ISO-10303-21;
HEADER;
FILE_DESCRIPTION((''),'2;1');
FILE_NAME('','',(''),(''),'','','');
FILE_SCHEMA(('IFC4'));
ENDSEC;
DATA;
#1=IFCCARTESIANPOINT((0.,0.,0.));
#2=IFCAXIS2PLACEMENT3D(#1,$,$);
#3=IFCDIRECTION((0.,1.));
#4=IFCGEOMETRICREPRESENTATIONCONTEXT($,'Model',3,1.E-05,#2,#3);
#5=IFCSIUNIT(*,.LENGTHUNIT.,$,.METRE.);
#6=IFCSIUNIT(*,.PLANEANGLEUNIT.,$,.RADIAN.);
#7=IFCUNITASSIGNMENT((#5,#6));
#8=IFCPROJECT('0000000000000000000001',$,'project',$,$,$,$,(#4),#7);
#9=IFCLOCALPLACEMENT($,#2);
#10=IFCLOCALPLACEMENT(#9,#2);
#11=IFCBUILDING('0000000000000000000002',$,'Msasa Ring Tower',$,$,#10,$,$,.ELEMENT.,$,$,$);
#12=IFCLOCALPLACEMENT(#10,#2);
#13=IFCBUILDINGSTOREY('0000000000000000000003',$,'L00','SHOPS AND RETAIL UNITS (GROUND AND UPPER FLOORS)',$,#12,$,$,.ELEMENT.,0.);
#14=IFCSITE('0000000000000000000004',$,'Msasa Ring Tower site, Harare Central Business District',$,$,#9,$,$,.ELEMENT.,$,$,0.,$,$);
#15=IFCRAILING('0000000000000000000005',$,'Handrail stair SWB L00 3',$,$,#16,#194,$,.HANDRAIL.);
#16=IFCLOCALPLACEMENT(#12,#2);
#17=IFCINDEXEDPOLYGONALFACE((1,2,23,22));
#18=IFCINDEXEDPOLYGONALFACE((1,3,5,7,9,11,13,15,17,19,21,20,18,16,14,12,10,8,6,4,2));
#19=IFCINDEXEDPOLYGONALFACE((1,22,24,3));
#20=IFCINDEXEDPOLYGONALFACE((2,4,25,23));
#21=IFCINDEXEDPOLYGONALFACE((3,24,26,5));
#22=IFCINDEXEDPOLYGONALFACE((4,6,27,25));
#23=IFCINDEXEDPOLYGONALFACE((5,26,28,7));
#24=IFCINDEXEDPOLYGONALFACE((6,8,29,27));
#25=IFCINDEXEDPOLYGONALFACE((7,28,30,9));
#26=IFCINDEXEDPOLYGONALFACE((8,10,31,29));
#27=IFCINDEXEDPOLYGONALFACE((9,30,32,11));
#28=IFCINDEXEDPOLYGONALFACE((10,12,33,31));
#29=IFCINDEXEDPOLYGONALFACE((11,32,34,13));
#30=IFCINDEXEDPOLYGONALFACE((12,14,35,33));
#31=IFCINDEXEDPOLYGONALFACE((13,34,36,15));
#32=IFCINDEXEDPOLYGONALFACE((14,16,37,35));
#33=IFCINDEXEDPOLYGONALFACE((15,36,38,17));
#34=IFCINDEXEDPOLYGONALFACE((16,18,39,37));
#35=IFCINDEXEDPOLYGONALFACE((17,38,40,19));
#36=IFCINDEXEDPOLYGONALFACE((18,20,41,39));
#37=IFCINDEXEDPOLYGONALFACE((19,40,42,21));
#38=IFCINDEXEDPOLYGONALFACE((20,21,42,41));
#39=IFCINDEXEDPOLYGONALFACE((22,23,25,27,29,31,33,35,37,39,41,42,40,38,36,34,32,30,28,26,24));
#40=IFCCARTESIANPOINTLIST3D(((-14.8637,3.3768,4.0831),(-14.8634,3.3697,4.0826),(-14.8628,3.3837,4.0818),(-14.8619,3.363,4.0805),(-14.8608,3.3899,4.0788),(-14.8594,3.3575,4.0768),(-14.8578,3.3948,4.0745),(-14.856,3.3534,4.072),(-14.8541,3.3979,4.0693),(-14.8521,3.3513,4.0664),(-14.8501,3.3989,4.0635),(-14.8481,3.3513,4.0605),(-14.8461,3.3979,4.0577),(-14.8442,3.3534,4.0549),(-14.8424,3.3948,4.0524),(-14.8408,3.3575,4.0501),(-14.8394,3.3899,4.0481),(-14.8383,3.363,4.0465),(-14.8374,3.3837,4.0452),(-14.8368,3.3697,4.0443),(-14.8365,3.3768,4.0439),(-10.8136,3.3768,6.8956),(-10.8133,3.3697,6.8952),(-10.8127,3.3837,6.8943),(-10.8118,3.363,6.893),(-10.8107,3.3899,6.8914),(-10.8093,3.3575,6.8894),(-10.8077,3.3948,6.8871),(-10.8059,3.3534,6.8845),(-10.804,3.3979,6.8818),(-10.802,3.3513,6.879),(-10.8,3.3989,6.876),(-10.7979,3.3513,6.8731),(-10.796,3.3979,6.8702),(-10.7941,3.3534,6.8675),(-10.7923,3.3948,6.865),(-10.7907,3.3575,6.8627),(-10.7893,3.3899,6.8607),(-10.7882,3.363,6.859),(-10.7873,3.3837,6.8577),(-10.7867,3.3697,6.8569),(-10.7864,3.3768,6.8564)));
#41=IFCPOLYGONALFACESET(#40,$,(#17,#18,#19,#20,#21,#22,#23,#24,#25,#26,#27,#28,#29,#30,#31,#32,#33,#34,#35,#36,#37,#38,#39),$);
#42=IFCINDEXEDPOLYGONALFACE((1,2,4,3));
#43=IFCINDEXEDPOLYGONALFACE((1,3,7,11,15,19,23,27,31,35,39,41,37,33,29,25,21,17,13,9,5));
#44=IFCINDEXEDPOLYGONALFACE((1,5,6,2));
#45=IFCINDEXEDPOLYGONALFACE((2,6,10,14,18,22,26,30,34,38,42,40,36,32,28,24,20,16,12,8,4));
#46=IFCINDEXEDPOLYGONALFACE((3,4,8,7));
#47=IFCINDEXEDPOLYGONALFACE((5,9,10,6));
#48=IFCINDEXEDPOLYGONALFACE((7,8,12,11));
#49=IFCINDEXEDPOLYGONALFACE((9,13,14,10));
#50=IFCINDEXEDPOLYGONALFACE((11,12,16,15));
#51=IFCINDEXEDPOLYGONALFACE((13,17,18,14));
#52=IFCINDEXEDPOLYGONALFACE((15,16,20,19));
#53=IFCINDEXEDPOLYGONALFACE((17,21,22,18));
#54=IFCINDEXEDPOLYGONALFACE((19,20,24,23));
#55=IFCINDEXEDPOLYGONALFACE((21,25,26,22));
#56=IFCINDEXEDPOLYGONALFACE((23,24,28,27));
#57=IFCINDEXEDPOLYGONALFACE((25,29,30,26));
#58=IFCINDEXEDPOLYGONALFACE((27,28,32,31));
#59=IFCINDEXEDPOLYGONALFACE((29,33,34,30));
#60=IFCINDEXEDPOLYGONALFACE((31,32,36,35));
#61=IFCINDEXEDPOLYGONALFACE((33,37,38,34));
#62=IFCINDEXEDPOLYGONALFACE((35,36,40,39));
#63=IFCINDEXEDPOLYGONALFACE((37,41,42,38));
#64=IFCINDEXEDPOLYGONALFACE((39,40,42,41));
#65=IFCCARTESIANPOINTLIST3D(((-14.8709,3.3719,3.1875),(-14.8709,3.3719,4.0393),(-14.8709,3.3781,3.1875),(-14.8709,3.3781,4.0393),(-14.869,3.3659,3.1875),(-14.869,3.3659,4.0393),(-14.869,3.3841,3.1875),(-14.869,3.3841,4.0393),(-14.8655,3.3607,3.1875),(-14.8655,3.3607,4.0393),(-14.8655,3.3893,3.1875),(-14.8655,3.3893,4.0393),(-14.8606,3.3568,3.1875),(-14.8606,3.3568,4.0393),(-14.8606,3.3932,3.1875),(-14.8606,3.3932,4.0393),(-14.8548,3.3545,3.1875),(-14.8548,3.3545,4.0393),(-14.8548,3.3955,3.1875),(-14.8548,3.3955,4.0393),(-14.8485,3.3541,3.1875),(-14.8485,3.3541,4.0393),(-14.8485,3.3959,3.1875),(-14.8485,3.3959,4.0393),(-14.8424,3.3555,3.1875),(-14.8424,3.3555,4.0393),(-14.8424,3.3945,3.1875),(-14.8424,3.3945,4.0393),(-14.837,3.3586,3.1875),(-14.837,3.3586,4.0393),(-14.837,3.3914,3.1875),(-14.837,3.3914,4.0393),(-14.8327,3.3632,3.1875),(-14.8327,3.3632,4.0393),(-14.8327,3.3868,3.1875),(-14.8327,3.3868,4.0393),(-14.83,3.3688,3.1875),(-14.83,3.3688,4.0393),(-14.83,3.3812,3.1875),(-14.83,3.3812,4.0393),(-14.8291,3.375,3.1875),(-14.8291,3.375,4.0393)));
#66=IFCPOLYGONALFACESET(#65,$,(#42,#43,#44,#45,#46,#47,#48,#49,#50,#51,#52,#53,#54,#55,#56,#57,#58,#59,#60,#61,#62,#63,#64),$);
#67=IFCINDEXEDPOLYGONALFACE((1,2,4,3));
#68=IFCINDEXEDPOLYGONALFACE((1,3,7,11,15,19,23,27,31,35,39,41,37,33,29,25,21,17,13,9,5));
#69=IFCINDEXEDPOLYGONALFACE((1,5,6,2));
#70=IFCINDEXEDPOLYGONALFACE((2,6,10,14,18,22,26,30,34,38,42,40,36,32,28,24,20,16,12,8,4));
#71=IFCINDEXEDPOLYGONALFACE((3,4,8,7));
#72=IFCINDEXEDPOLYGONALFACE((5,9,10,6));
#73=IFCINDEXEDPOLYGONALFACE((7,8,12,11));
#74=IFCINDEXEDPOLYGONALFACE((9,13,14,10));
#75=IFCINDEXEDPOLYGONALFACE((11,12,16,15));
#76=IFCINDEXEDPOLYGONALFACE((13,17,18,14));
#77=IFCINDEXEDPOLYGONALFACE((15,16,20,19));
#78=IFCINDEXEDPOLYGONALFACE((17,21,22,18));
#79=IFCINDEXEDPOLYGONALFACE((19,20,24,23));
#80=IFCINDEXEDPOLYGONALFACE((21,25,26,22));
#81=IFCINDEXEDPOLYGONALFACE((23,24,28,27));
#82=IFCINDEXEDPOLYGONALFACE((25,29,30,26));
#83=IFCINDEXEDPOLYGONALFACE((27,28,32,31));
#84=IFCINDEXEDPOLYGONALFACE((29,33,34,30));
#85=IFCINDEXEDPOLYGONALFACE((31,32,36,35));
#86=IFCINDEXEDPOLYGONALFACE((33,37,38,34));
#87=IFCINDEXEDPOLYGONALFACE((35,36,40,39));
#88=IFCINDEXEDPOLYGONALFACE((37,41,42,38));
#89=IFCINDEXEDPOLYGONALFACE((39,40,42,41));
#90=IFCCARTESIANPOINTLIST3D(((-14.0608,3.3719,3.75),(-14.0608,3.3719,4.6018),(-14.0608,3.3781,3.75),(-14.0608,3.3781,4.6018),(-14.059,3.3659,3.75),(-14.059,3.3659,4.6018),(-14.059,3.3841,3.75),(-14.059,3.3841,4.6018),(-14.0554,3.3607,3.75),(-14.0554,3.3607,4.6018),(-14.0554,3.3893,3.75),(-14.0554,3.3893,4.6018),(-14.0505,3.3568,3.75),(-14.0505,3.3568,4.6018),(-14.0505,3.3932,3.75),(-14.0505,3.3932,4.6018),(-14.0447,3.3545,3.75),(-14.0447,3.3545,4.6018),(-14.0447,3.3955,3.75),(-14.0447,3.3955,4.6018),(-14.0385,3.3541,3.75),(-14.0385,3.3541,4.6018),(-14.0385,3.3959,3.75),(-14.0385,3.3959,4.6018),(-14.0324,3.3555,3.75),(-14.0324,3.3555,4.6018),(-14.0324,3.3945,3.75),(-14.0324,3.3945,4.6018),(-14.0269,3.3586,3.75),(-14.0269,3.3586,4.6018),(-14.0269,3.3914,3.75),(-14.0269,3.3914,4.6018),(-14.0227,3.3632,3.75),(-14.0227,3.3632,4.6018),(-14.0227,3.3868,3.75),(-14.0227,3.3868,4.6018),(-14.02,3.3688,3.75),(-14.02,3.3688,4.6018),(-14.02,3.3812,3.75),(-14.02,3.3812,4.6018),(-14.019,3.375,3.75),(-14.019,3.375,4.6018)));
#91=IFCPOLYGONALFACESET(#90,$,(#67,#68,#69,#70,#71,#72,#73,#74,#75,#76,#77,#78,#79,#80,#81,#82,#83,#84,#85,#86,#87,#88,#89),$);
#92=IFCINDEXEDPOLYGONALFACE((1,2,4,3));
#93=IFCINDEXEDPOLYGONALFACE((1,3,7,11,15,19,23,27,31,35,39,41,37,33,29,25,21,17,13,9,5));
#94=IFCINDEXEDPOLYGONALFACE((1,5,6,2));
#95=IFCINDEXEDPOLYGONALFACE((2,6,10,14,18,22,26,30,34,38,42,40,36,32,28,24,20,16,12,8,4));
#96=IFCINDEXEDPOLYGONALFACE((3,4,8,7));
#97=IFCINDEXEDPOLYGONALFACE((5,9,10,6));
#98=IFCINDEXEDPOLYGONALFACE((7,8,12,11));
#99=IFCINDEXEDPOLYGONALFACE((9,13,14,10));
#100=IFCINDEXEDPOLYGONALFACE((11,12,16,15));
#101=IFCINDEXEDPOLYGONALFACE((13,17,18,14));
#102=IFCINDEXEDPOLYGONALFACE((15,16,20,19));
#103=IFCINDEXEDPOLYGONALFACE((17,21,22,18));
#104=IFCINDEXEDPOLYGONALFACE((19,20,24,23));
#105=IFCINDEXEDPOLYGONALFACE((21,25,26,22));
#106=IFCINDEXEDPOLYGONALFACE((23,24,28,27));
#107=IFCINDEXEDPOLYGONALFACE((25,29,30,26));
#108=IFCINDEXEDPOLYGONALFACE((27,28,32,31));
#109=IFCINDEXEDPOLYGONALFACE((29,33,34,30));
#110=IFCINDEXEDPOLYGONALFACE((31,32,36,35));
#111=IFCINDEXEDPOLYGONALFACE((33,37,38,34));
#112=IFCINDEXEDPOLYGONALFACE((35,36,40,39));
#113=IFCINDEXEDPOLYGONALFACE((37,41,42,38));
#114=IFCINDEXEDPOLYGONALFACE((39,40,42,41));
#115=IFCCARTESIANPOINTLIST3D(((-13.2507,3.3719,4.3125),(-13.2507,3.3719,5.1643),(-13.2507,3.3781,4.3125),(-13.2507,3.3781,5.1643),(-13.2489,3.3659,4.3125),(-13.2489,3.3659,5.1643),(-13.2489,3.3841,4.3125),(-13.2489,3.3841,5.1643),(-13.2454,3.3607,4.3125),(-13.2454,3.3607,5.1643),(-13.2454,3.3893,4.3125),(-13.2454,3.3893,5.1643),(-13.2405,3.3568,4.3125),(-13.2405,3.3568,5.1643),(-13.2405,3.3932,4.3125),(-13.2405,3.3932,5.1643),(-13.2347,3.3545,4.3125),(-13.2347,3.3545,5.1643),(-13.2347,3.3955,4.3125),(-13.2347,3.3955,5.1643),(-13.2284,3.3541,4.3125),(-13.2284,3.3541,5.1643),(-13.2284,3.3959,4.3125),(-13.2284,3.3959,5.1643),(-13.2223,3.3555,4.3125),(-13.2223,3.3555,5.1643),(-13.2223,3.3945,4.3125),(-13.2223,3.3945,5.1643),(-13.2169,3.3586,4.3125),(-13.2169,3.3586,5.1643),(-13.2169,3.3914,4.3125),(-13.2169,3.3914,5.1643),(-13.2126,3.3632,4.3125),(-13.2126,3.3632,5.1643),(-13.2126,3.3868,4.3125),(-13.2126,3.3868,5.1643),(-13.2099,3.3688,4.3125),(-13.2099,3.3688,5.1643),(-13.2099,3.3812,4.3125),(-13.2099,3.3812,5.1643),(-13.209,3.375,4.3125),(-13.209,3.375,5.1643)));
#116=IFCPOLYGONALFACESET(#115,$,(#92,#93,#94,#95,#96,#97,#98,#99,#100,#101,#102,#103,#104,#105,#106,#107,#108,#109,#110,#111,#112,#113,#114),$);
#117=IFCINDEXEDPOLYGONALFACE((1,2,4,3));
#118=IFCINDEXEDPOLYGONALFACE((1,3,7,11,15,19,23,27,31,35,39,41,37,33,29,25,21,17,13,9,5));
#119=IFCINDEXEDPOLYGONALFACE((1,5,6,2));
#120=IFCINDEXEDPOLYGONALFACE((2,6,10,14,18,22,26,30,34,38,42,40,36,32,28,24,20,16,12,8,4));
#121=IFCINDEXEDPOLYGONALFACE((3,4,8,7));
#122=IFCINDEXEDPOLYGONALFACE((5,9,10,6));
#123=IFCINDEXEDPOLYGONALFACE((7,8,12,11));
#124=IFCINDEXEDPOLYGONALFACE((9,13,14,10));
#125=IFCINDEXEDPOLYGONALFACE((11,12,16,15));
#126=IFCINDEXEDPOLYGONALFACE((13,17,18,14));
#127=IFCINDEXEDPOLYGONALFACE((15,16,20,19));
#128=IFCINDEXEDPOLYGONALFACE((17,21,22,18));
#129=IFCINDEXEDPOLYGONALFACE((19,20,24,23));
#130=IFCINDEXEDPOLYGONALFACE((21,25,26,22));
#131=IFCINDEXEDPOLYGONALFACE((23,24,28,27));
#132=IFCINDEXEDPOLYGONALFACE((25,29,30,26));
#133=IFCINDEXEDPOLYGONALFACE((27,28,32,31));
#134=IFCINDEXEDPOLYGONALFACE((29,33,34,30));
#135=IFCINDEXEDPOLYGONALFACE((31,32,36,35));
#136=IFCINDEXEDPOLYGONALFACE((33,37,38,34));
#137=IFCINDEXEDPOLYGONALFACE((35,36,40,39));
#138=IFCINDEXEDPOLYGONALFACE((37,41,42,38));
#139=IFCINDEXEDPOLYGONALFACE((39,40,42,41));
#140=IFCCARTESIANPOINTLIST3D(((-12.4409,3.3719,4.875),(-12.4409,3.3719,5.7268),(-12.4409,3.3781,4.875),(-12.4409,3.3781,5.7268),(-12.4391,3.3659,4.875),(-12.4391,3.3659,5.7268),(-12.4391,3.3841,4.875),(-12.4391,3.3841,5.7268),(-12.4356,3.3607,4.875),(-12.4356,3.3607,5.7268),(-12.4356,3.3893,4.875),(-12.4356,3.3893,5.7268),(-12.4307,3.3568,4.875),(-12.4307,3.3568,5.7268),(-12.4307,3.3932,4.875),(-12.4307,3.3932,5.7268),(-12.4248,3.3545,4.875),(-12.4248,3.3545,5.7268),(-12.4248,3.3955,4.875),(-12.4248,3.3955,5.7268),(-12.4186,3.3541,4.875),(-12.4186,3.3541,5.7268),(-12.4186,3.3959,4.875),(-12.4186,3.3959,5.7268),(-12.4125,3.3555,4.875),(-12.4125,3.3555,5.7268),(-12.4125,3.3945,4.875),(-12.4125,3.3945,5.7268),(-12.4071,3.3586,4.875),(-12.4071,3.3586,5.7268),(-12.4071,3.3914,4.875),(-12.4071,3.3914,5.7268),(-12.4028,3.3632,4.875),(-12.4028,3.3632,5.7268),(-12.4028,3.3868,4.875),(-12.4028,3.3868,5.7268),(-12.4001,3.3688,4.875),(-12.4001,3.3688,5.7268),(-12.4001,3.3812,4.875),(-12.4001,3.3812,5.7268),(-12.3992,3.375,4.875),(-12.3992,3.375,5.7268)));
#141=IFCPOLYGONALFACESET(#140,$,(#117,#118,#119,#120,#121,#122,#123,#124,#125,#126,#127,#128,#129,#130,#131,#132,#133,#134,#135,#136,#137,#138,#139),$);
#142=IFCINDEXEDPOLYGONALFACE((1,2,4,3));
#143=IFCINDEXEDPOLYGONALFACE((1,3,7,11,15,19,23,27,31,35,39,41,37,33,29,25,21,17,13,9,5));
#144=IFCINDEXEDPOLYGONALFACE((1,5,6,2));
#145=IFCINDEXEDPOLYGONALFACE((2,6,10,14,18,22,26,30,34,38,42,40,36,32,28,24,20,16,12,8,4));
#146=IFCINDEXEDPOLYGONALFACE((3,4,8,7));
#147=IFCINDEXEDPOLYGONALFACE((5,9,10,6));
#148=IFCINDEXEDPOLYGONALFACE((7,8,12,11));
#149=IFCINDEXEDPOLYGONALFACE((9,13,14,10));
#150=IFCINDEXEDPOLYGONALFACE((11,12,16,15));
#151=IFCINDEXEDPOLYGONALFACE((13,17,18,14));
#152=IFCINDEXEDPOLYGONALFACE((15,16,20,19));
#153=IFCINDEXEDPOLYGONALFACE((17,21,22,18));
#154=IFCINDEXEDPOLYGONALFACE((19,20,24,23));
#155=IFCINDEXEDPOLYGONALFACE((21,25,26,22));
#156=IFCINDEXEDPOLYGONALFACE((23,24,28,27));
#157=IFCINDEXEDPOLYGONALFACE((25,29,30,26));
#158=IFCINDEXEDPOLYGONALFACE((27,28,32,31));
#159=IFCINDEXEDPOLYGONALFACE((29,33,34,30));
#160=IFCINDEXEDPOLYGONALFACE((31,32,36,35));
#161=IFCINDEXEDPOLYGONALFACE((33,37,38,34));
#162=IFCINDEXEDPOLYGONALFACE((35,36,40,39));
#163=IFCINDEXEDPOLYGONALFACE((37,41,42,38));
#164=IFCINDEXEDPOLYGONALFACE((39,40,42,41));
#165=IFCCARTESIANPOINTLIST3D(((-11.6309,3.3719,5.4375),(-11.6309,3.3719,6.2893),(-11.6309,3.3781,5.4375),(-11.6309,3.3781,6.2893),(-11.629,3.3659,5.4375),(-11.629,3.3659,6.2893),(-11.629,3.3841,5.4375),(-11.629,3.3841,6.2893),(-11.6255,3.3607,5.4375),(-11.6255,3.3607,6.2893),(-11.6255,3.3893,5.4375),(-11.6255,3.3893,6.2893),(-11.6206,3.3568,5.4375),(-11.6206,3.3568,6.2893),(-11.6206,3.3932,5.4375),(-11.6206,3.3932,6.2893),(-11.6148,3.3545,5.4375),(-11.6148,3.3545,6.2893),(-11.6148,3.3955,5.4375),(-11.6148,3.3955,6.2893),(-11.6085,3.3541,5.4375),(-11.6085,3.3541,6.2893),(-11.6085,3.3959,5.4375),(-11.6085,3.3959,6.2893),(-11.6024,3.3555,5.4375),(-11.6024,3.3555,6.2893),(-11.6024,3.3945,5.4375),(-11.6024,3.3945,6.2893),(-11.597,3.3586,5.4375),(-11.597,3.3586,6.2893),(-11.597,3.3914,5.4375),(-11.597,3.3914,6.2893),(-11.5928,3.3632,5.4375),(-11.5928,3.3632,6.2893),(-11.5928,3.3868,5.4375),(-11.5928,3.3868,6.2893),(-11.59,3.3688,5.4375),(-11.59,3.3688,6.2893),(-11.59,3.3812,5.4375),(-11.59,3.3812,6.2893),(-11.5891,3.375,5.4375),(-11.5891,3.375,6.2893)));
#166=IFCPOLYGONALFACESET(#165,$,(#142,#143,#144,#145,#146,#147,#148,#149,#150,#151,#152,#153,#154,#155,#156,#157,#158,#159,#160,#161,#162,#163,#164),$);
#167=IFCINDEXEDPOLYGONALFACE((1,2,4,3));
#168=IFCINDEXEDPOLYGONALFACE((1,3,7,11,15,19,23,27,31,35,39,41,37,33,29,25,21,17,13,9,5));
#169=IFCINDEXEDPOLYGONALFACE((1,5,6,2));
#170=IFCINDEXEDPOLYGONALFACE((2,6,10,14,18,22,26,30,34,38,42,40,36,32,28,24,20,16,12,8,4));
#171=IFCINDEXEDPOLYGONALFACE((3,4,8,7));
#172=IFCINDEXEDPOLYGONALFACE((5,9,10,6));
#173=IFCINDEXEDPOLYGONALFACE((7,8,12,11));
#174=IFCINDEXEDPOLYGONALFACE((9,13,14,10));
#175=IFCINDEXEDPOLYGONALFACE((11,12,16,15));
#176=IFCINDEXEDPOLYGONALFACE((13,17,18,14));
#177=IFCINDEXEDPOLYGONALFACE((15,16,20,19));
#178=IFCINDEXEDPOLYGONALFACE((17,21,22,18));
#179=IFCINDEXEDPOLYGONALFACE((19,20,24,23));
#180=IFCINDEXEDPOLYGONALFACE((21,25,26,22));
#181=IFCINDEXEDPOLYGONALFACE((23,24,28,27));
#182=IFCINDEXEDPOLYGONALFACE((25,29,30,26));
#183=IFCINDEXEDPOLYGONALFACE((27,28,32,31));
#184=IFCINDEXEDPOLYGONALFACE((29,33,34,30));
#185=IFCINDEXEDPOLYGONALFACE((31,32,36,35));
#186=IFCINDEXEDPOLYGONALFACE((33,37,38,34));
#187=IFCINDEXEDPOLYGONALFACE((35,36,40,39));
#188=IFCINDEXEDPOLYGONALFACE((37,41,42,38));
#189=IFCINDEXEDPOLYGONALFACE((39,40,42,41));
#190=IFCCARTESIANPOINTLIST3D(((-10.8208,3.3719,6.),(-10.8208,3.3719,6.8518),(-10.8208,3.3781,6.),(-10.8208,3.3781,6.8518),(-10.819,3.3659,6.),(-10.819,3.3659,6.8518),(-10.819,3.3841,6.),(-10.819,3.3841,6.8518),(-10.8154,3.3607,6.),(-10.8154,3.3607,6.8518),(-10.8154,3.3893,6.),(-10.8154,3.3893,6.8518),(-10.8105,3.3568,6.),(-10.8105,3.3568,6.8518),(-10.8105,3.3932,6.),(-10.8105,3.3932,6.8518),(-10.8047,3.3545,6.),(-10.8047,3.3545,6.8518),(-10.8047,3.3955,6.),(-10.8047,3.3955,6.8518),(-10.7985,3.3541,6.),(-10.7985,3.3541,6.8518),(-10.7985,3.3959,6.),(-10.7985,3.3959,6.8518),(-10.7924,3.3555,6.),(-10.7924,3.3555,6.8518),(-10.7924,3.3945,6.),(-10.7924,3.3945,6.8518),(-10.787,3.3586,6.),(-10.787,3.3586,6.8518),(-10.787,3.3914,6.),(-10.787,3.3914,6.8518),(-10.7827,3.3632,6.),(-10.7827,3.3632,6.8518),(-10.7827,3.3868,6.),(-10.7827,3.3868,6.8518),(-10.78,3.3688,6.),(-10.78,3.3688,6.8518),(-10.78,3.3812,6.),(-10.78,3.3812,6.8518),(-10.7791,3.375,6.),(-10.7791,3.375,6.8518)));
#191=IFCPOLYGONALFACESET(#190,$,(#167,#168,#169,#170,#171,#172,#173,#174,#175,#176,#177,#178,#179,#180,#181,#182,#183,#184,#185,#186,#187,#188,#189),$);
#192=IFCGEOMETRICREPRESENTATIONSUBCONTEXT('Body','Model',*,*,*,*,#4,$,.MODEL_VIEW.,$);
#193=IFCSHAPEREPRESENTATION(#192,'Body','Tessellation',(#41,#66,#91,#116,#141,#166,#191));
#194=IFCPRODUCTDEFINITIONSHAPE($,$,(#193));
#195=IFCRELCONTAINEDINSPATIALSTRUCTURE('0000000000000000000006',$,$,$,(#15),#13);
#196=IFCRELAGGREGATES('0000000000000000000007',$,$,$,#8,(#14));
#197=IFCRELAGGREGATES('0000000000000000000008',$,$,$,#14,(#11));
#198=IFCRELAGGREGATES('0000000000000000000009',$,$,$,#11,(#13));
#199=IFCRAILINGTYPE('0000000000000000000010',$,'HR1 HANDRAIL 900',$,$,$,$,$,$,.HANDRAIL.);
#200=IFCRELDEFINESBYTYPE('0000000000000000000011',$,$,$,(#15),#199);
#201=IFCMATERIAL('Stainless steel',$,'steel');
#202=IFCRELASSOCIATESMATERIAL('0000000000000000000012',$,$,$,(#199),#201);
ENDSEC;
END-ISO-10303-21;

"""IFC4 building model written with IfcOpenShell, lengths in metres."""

from ifc_helpers import new_model, si_unit, direction, frame, origin, origin_2d, place, context, subcontext, project, spatial, circle, extrude, material, type_object, element, save


model = new_model("IFC4")

# Units and contexts
model_context = context("Model", 3, precision=1e-05, world=origin(), true_north=direction((0.0, 1.0)))
body_context = subcontext(model_context, "Body", "Model", "MODEL_VIEW")
ifc_project = project(units=[si_unit("LENGTHUNIT", "METRE"), si_unit("PLANEANGLEUNIT", "RADIAN")], contexts=[model_context])

# Site, building, storey
site_placement = place(None, origin())
site = spatial("IfcSite", under=ifc_project, at=site_placement, Name="Msasa Ring Tower site, Harare Central Business District", CompositionType="ELEMENT", RefElevation=0.0)
building_placement = place(site_placement, origin())
building = spatial("IfcBuilding", under=site, at=building_placement, Name="Msasa Ring Tower", CompositionType="ELEMENT")
storey_placement = place(building_placement, origin())
storey = spatial("IfcBuildingStorey", under=building, at=storey_placement, Name="L00", Description="SHOPS AND RETAIL UNITS (GROUND AND UPPER FLOORS)", CompositionType="ELEMENT", Elevation=0.0)

# Railing
ifc_material_1 = material(Name="Stainless steel", Category="steel")
railing_type = type_object("IfcRailingType", Name="HR1 HANDRAIL 900", PredefinedType="HANDRAIL", material=ifc_material_1)
for number, where, name in (
    (1, (-14.8501, 3.375, 3.1875), "Handrail stair SWB L00 3"),
):
    element("IfcRailing", number, at=place(storey_placement, frame(where)), inside=storey, type_object=railing_type, Name=name, PredefinedType="HANDRAIL", context=body_context, shape_type="SweptSolid", body=[
        extrude(circle(Radius=0.0239, at=origin_2d()), frame((0.0, 0.0, 0.876), z_axis=(0.821373, 0.0, 0.570391), x_axis=(0.0, 1.0, 0.0)), (0.0, 0.0, 1.0), 4.9309),
        extrude(circle(Radius=0.021, at=origin_2d()), origin(), (0.0, 0.0, 1.0), 0.8518),
        extrude(circle(Radius=0.021, at=origin_2d()), frame((0.8101, 0.0, 0.5625)), (0.0, 0.0, 1.0), 0.8518),
        extrude(circle(Radius=0.021, at=origin_2d()), frame((1.6201, 0.0, 1.125)), (0.0, 0.0, 1.0), 0.8518),
        extrude(circle(Radius=0.021, at=origin_2d()), frame((2.4299, 0.0, 1.6875)), (0.0, 0.0, 1.0), 0.8518),
        extrude(circle(Radius=0.021, at=origin_2d()), frame((3.24, 0.0, 2.25)), (0.0, 0.0, 1.0), 0.8518),
        extrude(circle(Radius=0.021, at=origin_2d()), frame((4.05, 0.0, 2.8125)), (0.0, 0.0, 1.0), 0.8518),
    ])

save(model, "model.ifc")
